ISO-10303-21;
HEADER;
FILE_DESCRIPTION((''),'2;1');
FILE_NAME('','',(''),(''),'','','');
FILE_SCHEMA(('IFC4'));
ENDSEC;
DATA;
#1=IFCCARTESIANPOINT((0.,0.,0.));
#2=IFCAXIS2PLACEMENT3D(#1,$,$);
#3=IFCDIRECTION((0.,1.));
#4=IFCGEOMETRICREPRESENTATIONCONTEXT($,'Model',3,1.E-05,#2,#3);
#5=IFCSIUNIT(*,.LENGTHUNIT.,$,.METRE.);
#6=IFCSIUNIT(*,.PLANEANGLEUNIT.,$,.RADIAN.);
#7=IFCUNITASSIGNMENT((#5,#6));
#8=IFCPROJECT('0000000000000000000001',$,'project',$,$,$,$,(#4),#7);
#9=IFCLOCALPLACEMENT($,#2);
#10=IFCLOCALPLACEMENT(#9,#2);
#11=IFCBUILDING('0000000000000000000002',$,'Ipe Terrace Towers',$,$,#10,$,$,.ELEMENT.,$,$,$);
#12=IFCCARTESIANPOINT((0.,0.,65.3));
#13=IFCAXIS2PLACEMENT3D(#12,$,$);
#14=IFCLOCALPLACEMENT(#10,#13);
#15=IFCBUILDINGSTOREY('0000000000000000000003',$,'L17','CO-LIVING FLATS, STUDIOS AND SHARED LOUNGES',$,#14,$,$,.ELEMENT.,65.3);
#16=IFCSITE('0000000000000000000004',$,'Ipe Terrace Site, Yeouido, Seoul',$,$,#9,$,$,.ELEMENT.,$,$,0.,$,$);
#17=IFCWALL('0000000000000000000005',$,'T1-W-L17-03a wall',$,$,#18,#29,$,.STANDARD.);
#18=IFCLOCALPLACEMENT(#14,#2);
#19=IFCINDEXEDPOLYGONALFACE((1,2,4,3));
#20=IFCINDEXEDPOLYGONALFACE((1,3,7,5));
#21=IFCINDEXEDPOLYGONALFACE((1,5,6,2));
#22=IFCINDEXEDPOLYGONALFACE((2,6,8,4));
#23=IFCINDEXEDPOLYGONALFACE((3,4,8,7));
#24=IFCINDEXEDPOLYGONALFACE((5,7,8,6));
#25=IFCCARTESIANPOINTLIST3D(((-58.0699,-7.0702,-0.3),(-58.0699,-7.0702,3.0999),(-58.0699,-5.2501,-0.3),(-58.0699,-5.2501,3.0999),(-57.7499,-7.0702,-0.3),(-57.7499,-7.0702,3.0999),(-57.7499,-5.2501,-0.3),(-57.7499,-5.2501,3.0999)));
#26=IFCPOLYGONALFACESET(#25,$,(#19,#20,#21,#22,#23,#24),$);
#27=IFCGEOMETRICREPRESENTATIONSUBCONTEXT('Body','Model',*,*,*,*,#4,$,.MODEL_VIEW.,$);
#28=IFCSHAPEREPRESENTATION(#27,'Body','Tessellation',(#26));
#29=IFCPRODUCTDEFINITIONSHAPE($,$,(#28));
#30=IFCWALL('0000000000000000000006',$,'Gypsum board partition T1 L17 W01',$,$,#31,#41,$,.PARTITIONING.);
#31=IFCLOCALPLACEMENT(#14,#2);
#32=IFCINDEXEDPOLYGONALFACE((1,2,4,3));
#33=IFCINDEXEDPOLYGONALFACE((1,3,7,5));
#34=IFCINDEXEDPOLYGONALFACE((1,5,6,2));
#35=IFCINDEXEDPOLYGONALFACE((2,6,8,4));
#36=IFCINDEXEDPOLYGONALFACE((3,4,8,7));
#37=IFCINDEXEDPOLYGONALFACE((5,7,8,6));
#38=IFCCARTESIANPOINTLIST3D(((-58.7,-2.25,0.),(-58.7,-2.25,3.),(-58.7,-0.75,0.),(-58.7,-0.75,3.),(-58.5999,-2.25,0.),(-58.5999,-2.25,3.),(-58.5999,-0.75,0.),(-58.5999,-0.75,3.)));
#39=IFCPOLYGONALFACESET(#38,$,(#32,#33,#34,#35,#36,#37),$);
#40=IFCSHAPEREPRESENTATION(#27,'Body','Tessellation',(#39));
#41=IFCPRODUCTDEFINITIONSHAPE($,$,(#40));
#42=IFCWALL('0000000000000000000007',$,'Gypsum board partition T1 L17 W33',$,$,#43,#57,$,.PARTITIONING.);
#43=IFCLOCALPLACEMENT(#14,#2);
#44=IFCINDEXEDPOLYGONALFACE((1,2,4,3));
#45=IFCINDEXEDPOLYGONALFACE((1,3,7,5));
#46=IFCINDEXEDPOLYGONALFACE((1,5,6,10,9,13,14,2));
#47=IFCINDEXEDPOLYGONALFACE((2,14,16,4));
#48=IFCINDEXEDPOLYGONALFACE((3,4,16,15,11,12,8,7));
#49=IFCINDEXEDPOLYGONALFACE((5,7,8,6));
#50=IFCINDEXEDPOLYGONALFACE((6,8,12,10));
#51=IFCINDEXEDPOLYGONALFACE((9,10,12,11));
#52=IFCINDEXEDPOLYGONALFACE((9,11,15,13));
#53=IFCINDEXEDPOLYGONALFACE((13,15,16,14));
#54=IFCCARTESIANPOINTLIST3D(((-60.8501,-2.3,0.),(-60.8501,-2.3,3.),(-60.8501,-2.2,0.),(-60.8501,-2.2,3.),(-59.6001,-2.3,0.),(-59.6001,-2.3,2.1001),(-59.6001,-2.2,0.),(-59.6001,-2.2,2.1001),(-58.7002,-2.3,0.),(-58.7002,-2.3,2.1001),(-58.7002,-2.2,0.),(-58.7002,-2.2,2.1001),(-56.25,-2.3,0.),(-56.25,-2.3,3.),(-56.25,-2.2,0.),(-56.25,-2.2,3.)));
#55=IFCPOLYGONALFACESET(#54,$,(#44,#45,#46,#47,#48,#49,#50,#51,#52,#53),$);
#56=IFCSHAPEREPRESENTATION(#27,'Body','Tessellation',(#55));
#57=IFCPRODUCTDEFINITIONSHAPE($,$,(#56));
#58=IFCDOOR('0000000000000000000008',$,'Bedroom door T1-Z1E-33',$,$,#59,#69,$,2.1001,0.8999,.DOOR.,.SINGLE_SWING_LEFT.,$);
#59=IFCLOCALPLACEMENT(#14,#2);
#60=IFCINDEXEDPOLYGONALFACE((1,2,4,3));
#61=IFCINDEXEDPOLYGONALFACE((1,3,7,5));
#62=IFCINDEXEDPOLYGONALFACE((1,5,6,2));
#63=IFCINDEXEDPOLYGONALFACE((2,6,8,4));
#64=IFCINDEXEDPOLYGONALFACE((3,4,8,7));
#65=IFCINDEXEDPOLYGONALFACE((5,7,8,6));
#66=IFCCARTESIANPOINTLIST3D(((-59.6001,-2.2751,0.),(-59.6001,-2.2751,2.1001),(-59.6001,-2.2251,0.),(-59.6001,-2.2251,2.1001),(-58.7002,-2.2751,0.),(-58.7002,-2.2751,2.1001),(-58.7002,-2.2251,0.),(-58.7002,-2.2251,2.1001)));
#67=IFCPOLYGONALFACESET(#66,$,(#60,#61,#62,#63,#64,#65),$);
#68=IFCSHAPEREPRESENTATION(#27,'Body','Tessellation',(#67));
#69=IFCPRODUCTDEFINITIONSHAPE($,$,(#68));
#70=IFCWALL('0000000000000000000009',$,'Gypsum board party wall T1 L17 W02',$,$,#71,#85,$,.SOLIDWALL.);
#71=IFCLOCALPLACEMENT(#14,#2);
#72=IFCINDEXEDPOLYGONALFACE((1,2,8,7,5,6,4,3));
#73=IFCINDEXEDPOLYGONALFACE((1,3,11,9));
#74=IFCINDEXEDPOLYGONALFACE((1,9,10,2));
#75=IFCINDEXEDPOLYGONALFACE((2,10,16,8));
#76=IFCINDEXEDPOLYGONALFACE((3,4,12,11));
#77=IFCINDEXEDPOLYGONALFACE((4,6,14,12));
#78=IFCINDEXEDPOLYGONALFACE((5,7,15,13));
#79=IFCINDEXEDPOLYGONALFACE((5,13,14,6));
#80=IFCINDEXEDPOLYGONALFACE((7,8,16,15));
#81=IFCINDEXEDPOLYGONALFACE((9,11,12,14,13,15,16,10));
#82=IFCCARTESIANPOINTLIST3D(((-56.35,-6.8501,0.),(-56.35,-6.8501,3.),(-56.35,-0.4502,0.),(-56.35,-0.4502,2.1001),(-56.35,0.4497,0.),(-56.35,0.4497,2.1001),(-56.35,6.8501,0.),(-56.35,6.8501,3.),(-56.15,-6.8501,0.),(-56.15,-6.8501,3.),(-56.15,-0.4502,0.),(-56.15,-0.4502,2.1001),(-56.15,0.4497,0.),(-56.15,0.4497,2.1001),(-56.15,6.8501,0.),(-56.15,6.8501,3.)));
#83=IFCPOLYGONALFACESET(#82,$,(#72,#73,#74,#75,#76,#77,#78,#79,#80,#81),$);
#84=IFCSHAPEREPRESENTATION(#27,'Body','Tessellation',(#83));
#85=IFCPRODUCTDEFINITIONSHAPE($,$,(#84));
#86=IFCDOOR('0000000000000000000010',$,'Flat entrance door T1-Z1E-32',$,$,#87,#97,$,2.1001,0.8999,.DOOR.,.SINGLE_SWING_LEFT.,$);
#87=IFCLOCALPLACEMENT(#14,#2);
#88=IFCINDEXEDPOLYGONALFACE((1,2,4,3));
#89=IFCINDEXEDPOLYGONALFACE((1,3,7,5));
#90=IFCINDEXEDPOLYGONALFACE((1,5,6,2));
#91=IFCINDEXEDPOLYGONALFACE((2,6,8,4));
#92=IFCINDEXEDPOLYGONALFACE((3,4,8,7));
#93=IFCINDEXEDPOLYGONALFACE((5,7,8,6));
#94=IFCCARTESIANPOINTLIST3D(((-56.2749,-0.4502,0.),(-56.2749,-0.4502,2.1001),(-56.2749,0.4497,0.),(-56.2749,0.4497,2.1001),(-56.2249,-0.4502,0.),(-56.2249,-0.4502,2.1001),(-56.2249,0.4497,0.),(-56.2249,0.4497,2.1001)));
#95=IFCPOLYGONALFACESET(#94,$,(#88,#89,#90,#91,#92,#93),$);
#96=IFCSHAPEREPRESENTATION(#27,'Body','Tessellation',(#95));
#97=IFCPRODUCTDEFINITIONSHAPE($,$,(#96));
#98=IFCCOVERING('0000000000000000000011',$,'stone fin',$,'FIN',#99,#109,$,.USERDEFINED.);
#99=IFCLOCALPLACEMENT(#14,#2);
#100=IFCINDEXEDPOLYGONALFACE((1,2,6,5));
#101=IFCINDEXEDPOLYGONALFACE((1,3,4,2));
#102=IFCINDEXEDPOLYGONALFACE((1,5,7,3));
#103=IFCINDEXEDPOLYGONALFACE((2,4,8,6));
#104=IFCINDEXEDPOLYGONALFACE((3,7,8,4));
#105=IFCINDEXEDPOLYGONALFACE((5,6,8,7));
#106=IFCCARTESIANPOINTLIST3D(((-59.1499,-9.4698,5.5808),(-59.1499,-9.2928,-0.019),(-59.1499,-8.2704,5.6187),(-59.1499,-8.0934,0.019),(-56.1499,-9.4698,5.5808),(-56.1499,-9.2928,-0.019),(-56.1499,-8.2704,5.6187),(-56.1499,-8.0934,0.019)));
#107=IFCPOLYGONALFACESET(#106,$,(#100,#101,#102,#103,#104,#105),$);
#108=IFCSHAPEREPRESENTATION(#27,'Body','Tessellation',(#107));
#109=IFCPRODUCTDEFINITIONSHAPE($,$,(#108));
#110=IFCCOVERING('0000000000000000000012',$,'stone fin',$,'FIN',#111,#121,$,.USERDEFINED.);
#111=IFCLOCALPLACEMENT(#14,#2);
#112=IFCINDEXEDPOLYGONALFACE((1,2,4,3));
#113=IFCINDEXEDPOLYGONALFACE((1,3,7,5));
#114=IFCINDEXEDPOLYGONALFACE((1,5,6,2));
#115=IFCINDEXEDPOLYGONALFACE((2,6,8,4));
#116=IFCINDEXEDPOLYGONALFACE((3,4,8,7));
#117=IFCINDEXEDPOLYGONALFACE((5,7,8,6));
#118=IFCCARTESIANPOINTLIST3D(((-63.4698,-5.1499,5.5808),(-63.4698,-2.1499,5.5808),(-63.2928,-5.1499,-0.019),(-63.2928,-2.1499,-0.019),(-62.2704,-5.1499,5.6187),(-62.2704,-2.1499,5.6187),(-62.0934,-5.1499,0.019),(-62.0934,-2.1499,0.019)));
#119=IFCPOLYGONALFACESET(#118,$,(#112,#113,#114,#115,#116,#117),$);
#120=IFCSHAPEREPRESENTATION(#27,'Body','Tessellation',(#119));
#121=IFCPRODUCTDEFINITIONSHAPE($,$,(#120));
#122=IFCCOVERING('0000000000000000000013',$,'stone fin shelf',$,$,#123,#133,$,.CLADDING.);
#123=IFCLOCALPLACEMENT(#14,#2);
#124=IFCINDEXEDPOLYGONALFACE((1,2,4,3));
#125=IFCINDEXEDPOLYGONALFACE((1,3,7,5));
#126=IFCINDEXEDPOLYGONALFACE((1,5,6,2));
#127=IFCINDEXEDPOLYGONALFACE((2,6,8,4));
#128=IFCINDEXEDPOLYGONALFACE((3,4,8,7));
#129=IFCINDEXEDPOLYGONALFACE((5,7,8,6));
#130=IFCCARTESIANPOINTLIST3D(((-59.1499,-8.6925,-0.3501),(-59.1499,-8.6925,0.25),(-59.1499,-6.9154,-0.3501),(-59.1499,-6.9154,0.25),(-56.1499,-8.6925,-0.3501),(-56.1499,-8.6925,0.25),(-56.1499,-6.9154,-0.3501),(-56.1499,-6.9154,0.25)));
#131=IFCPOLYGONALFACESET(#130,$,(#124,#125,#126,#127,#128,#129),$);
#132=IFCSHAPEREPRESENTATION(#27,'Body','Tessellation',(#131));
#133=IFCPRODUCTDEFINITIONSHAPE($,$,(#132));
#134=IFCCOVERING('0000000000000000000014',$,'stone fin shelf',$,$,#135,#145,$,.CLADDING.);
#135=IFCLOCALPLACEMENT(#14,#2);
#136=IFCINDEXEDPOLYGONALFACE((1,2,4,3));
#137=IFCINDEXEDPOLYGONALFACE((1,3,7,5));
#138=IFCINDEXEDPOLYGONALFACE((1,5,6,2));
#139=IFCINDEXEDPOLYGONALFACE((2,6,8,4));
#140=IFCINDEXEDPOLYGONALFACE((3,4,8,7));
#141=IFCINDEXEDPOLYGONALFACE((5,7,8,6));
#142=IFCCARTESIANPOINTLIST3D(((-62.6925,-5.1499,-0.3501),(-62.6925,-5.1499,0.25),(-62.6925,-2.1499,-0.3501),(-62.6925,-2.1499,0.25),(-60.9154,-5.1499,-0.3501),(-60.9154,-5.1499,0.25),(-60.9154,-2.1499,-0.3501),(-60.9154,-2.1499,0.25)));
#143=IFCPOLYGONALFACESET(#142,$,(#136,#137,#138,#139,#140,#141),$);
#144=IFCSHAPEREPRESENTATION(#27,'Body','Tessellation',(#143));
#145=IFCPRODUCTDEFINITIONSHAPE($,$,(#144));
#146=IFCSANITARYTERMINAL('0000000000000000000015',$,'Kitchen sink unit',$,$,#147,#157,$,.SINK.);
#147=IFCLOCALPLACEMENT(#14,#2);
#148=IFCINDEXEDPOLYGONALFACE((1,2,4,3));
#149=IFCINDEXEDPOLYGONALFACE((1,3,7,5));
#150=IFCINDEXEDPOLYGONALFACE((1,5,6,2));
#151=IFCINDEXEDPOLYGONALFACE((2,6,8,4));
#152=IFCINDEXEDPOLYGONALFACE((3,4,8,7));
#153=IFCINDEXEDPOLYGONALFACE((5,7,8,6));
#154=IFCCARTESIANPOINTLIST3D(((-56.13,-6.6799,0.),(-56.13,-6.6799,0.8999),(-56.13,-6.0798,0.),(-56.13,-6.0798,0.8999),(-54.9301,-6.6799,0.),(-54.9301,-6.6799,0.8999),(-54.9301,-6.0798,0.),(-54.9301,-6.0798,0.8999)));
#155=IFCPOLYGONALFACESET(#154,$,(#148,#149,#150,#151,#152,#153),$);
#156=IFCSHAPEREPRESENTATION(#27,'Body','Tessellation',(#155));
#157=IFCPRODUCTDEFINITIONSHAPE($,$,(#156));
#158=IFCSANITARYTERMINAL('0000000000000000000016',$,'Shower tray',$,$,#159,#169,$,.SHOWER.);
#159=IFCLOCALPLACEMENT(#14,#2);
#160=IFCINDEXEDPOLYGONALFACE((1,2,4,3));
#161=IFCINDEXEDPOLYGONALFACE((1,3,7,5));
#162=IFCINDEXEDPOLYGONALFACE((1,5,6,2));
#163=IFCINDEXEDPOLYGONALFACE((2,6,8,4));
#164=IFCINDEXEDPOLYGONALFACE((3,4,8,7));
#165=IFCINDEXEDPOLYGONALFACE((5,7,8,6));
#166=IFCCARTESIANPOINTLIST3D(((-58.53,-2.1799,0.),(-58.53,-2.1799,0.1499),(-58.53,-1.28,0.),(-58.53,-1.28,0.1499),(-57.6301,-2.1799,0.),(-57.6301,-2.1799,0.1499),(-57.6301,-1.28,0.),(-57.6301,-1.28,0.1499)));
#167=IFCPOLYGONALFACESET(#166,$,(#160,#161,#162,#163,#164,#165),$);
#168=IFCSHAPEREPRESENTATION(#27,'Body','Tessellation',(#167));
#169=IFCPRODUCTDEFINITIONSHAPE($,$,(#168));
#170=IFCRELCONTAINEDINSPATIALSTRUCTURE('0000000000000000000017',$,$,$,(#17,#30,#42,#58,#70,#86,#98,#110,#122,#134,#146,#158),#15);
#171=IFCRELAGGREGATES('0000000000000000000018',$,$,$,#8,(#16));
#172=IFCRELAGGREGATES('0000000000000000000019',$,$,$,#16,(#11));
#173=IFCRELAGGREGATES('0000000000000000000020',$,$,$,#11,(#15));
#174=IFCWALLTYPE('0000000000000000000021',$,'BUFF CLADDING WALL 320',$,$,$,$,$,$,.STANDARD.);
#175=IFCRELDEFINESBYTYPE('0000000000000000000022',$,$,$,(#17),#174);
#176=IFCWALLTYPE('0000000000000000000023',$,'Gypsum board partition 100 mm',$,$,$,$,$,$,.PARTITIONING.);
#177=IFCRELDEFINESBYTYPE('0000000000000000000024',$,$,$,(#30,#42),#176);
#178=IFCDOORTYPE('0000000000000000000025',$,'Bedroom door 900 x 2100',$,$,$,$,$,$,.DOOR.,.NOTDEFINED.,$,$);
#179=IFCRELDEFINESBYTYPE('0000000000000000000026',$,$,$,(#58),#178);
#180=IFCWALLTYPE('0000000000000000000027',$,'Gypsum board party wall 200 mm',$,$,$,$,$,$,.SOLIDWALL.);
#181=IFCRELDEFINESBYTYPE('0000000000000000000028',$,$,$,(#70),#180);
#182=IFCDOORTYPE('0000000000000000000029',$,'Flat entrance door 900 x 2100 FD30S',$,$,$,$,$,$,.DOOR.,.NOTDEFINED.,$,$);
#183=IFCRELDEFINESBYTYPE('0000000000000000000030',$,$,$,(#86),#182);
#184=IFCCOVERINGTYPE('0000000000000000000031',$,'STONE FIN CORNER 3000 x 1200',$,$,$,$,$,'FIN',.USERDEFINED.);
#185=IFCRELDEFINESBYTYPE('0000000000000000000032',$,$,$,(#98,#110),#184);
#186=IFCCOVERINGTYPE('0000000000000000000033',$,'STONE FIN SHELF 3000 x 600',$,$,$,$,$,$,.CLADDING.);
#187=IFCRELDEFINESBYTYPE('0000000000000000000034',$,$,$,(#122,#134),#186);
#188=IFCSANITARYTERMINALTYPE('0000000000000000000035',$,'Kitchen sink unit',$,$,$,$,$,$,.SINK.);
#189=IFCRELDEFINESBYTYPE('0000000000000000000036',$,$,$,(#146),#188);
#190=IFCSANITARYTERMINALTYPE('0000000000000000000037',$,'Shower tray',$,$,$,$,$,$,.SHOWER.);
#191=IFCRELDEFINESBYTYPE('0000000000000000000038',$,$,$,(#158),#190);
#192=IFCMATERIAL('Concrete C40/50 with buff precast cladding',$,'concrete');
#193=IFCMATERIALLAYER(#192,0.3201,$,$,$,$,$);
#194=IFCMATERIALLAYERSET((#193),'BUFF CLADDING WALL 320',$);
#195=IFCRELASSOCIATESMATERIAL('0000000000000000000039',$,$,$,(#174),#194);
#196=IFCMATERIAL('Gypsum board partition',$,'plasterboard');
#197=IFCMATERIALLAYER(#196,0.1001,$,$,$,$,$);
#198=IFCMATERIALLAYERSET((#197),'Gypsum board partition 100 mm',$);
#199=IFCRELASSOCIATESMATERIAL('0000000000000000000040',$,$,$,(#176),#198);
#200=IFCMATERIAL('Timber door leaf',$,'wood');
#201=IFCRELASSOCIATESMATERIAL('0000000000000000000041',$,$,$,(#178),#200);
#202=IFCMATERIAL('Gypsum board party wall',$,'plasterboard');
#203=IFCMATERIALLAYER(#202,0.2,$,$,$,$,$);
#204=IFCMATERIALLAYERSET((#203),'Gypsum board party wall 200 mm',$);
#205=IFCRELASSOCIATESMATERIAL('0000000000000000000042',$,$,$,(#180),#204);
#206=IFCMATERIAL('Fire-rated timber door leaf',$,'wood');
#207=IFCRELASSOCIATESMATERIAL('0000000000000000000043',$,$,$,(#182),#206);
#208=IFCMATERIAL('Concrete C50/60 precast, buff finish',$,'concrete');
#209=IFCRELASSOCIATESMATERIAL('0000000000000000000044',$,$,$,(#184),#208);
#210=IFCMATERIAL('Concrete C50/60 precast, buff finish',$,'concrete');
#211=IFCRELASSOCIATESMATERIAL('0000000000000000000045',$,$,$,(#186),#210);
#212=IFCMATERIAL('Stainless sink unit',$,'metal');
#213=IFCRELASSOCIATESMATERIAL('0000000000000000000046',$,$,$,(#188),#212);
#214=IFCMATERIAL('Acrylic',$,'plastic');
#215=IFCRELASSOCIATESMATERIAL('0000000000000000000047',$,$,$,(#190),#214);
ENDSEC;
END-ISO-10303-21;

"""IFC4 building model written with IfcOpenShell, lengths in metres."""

from ifc_helpers import new_model, si_unit, direction, frame, frame_2d, origin, origin_2d, place, context, subcontext, project, spatial, rectangle, extrude, material, layer, layer_set, material_profile, profile_set, type_object, element, fill, save


model = new_model("IFC4")

# Units and contexts
model_context = context("Model", 3, precision=1e-05, world=origin(), true_north=direction((0.0, 1.0)))
body_context = subcontext(model_context, "Body", "Model", "MODEL_VIEW")
ifc_project = project(units=[si_unit("LENGTHUNIT", "METRE"), si_unit("PLANEANGLEUNIT", "RADIAN")], contexts=[model_context])

# Site, building, storey
site_placement = place(None, origin())
site = spatial("IfcSite", under=ifc_project, at=site_placement, Name="Ipe Terrace Site, Yeouido, Seoul", CompositionType="ELEMENT", RefElevation=0.0)
building_placement = place(site_placement, origin())
building = spatial("IfcBuilding", under=site, at=building_placement, Name="Ipe Terrace Towers", CompositionType="ELEMENT")
storey_placement = place(building_placement, frame((0.0, 0.0, 65.3)))
storey = spatial("IfcBuildingStorey", under=building, at=storey_placement, Name="L17", Description="CO-LIVING FLATS, STUDIOS AND SHARED LOUNGES", CompositionType="ELEMENT", Elevation=65.3)

# Shared definitions
ifc_material_1 = material(Name="Concrete C40/50 with buff precast cladding", Category="concrete")
ifc_layer_1 = layer(ifc_material_1, 0.3201)
ifc_layer_set_1 = layer_set([ifc_layer_1], Name="BUFF CLADDING WALL 320")
wall_type_1 = type_object("IfcWallType", Name="BUFF CLADDING WALL 320", PredefinedType="STANDARD", material=ifc_layer_set_1)

# Walls
wall_1_placement = place(storey_placement, frame((-57.9099, -5.25, -0.3), z_axis=(0.0, 0.0, 1.0), x_axis=(0.0, -1.0, 0.0)))
element("IfcWall", 1, at=wall_1_placement, inside=storey, type_object=wall_type_1, Name="T1-W-L17-03a wall", PredefinedType="STANDARD", context=body_context, shape_type="SweptSolid", body=[
    extrude(rectangle(XDim=1.8201, YDim=0.3201, at=frame_2d((0.9102, 0.0))), origin(), (0.0, 0.0, 1.0), 3.3999),
])
ifc_material_2 = material(Name="Gypsum board partition", Category="plasterboard")
ifc_layer_2 = layer(ifc_material_2, 0.1001)
ifc_layer_set_2 = layer_set([ifc_layer_2], Name="Gypsum board partition 100 mm")
wall_type_2 = type_object("IfcWallType", Name="Gypsum board partition 100 mm", PredefinedType="PARTITIONING", material=ifc_layer_set_2)
wall_2_placement = place(storey_placement, frame((-58.6499, -2.25, 0.0), z_axis=(0.0, 0.0, 1.0), x_axis=(0.0, 1.0, 0.0)))
element("IfcWall", 2, at=wall_2_placement, inside=storey, type_object=wall_type_2, Name="Gypsum board partition T1 L17 W01", PredefinedType="PARTITIONING", context=body_context, shape_type="SweptSolid", body=[
    extrude(rectangle(XDim=1.5, YDim=0.1001, at=frame_2d((0.75, 0.0))), origin(), (0.0, 0.0, 1.0), 3.0),
])

# Walls, openings, doors
wall_3_placement = place(storey_placement, frame((-60.8501, -2.25, 0.0), z_axis=(0.0, 0.0, 1.0), x_axis=(1.0, 0.0, 0.0)))
wall_3 = element("IfcWall", 3, at=wall_3_placement, inside=storey, type_object=wall_type_2, Name="Gypsum board partition T1 L17 W33", PredefinedType="PARTITIONING", context=body_context, shape_type="SweptSolid", body=[
    extrude(rectangle(XDim=4.6001, YDim=0.1001, at=frame_2d((2.3, 0.0))), origin(), (0.0, 0.0, 1.0), 3.0),
])
opening_1_placement = place(wall_3_placement, frame((1.25, 0.0, 0.0)))
opening_1 = element("IfcOpeningElement", 4, at=opening_1_placement, cuts=wall_3, PredefinedType="OPENING", context=body_context, shape_type="SweptSolid", body=[
    extrude(rectangle(XDim=0.8999, YDim=2.1001, at=frame_2d((0.45, 1.05))), frame((0.0, 0.0601, 0.0), z_axis=(0.0, -1.0, 0.0), x_axis=(1.0, 0.0, 0.0)), (0.0, 0.0, 1.0), 0.1201),
])
ifc_material_3 = material(Name="Timber door leaf", Category="wood")
door_type_1 = type_object("IfcDoorType", Name="Bedroom door 900 x 2100", OperationType="NOTDEFINED", PredefinedType="DOOR", material=ifc_material_3)
door_1_placement = place(opening_1_placement, origin())
door_1 = element("IfcDoor", 5, at=door_1_placement, inside=storey, type_object=door_type_1, Name="Bedroom door T1-Z1E-33", OperationType="SINGLE_SWING_LEFT", OverallHeight=2.1001, OverallWidth=0.8999, PredefinedType="DOOR", context=body_context, shape_type="SweptSolid", body=[
    extrude(rectangle(XDim=0.8999, YDim=2.1001, at=frame_2d((0.45, 1.05))), frame((0.0, 0.0249, 0.0), z_axis=(0.0, -1.0, 0.0), x_axis=(1.0, 0.0, 0.0)), (0.0, 0.0, 1.0), 0.05),
])
fill(opening_1, door_1)
ifc_material_4 = material(Name="Gypsum board party wall", Category="plasterboard")
ifc_layer_3 = layer(ifc_material_4, 0.2)
ifc_layer_set_3 = layer_set([ifc_layer_3], Name="Gypsum board party wall 200 mm")
wall_type_3 = type_object("IfcWallType", Name="Gypsum board party wall 200 mm", PredefinedType="SOLIDWALL", material=ifc_layer_set_3)
wall_4_placement = place(storey_placement, frame((-56.25, -6.8501, 0.0), z_axis=(0.0, 0.0, 1.0), x_axis=(0.0, 1.0, 0.0)))
wall_4 = element("IfcWall", 6, at=wall_4_placement, inside=storey, type_object=wall_type_3, Name="Gypsum board party wall T1 L17 W02", PredefinedType="SOLIDWALL", context=body_context, shape_type="SweptSolid", body=[
    extrude(rectangle(XDim=13.7002, YDim=0.2, at=frame_2d((6.8501, 0.0))), origin(), (0.0, 0.0, 1.0), 3.0),
])
opening_2_placement = place(wall_4_placement, frame((6.3999, 0.0, 0.0)))
opening_2 = element("IfcOpeningElement", 7, at=opening_2_placement, cuts=wall_4, PredefinedType="OPENING", context=body_context, shape_type="SweptSolid", body=[
    extrude(rectangle(XDim=0.8999, YDim=2.1001, at=frame_2d((0.45, 1.05))), frame((0.0, 0.1099, 0.0), z_axis=(0.0, -1.0, 0.0), x_axis=(1.0, 0.0, 0.0)), (0.0, 0.0, 1.0), 0.22),
])
ifc_material_5 = material(Name="Fire-rated timber door leaf", Category="wood")
door_type_2 = type_object("IfcDoorType", Name="Flat entrance door 900 x 2100 FD30S", OperationType="NOTDEFINED", PredefinedType="DOOR", material=ifc_material_5)
door_2_placement = place(opening_2_placement, origin())
door_2 = element("IfcDoor", 8, at=door_2_placement, inside=storey, type_object=door_type_2, Name="Flat entrance door T1-Z1E-32", OperationType="SINGLE_SWING_LEFT", OverallHeight=2.1001, OverallWidth=0.8999, PredefinedType="DOOR", context=body_context, shape_type="SweptSolid", body=[
    extrude(rectangle(XDim=0.8999, YDim=2.1001, at=frame_2d((0.45, 1.05))), frame((0.0, 0.0249, 0.0), z_axis=(0.0, -1.0, 0.0), x_axis=(1.0, 0.0, 0.0)), (0.0, 0.0, 1.0), 0.05),
])
fill(opening_2, door_2)

# Coverings
ifc_material_6 = material(Name="Concrete C50/60 precast, buff finish", Category="concrete")
ifc_material_profile_1 = material_profile(ifc_material_6, rectangle(XDim=3.0, YDim=1.2, at=origin_2d()), Name="STONE FIN CORNER 3000 x 1200")
ifc_profile_set_1 = profile_set([ifc_material_profile_1], Name="Concrete C50/60 precast, buff finish")
covering_type_1 = type_object("IfcCoveringType", Name="STONE FIN CORNER 3000 x 1200", ElementType="FIN", PredefinedType="USERDEFINED", material=ifc_profile_set_1)
for number, where, z_axis, x_axis, name in (
    (9, (-57.6499, -8.6931, 0.0), (0.0, -0.031593, 0.999501), (1.0, 0.0, 0.0), "stone fin"),
    (10, (-62.6931, -3.6499, 0.0), (-0.031593, 0.0, 0.999501), (0.0, -1.0, 0.0), "stone fin"),
):
    element("IfcCovering", number, at=place(storey_placement, frame(where, z_axis=z_axis, x_axis=x_axis)), inside=storey, type_object=covering_type_1, Name=name, ObjectType="FIN", PredefinedType="USERDEFINED", context=body_context, shape_type="SweptSolid", body=[
        extrude(rectangle(XDim=3.0, YDim=1.2, at=origin_2d()), origin(), (0.0, 0.0, 1.0), 5.6025),
    ])
ifc_material_7 = material(Name="Concrete C50/60 precast, buff finish", Category="concrete")
covering_type_2 = type_object("IfcCoveringType", Name="STONE FIN SHELF 3000 x 600", PredefinedType="CLADDING", material=ifc_material_7)
for number, where, z_axis, x_axis, name in (
    (11, (-57.6499, -7.804, -0.3501), (0.0, 0.0, 1.0), (1.0, 0.0, 0.0), "stone fin shelf"),
    (12, (-61.804, -3.6499, -0.3501), (0.0, 0.0, 1.0), (0.0, -1.0, 0.0), "stone fin shelf"),
):
    element("IfcCovering", number, at=place(storey_placement, frame(where, z_axis=z_axis, x_axis=x_axis)), inside=storey, type_object=covering_type_2, Name=name, PredefinedType="CLADDING", context=body_context, shape_type="SweptSolid", body=[
        extrude(rectangle(XDim=3.0, YDim=1.7771, at=origin_2d()), origin(), (0.0, 0.0, 1.0), 0.6001),
    ])

# Sanitary terminals
ifc_material_8 = material(Name="Stainless sink unit", Category="metal")
sanitary_terminal_type_1 = type_object("IfcSanitaryTerminalType", Name="Kitchen sink unit", PredefinedType="SINK", material=ifc_material_8)
sanitary_terminal_1_placement = place(storey_placement, frame((-55.53, -6.3799, 0.0), z_axis=(0.0, 0.0, 1.0), x_axis=(-1.0, 0.0, 0.0)))
element("IfcSanitaryTerminal", 13, at=sanitary_terminal_1_placement, inside=storey, type_object=sanitary_terminal_type_1, Name="Kitchen sink unit", PredefinedType="SINK", context=body_context, shape_type="SweptSolid", body=[
    extrude(rectangle(XDim=1.2, YDim=0.6001, at=origin_2d()), origin(), (0.0, 0.0, 1.0), 0.8999),
])
ifc_material_9 = material(Name="Acrylic", Category="plastic")
sanitary_terminal_type_2 = type_object("IfcSanitaryTerminalType", Name="Shower tray", PredefinedType="SHOWER", material=ifc_material_9)
sanitary_terminal_2_placement = place(storey_placement, frame((-58.0801, -1.73, 0.0), z_axis=(0.0, 0.0, 1.0), x_axis=(0.0, 1.0, 0.0)))
element("IfcSanitaryTerminal", 14, at=sanitary_terminal_2_placement, inside=storey, type_object=sanitary_terminal_type_2, Name="Shower tray", PredefinedType="SHOWER", context=body_context, shape_type="SweptSolid", body=[
    extrude(rectangle(XDim=0.8999, YDim=0.8999, at=origin_2d()), origin(), (0.0, 0.0, 1.0), 0.1499),
])

save(model, "model.ifc")
